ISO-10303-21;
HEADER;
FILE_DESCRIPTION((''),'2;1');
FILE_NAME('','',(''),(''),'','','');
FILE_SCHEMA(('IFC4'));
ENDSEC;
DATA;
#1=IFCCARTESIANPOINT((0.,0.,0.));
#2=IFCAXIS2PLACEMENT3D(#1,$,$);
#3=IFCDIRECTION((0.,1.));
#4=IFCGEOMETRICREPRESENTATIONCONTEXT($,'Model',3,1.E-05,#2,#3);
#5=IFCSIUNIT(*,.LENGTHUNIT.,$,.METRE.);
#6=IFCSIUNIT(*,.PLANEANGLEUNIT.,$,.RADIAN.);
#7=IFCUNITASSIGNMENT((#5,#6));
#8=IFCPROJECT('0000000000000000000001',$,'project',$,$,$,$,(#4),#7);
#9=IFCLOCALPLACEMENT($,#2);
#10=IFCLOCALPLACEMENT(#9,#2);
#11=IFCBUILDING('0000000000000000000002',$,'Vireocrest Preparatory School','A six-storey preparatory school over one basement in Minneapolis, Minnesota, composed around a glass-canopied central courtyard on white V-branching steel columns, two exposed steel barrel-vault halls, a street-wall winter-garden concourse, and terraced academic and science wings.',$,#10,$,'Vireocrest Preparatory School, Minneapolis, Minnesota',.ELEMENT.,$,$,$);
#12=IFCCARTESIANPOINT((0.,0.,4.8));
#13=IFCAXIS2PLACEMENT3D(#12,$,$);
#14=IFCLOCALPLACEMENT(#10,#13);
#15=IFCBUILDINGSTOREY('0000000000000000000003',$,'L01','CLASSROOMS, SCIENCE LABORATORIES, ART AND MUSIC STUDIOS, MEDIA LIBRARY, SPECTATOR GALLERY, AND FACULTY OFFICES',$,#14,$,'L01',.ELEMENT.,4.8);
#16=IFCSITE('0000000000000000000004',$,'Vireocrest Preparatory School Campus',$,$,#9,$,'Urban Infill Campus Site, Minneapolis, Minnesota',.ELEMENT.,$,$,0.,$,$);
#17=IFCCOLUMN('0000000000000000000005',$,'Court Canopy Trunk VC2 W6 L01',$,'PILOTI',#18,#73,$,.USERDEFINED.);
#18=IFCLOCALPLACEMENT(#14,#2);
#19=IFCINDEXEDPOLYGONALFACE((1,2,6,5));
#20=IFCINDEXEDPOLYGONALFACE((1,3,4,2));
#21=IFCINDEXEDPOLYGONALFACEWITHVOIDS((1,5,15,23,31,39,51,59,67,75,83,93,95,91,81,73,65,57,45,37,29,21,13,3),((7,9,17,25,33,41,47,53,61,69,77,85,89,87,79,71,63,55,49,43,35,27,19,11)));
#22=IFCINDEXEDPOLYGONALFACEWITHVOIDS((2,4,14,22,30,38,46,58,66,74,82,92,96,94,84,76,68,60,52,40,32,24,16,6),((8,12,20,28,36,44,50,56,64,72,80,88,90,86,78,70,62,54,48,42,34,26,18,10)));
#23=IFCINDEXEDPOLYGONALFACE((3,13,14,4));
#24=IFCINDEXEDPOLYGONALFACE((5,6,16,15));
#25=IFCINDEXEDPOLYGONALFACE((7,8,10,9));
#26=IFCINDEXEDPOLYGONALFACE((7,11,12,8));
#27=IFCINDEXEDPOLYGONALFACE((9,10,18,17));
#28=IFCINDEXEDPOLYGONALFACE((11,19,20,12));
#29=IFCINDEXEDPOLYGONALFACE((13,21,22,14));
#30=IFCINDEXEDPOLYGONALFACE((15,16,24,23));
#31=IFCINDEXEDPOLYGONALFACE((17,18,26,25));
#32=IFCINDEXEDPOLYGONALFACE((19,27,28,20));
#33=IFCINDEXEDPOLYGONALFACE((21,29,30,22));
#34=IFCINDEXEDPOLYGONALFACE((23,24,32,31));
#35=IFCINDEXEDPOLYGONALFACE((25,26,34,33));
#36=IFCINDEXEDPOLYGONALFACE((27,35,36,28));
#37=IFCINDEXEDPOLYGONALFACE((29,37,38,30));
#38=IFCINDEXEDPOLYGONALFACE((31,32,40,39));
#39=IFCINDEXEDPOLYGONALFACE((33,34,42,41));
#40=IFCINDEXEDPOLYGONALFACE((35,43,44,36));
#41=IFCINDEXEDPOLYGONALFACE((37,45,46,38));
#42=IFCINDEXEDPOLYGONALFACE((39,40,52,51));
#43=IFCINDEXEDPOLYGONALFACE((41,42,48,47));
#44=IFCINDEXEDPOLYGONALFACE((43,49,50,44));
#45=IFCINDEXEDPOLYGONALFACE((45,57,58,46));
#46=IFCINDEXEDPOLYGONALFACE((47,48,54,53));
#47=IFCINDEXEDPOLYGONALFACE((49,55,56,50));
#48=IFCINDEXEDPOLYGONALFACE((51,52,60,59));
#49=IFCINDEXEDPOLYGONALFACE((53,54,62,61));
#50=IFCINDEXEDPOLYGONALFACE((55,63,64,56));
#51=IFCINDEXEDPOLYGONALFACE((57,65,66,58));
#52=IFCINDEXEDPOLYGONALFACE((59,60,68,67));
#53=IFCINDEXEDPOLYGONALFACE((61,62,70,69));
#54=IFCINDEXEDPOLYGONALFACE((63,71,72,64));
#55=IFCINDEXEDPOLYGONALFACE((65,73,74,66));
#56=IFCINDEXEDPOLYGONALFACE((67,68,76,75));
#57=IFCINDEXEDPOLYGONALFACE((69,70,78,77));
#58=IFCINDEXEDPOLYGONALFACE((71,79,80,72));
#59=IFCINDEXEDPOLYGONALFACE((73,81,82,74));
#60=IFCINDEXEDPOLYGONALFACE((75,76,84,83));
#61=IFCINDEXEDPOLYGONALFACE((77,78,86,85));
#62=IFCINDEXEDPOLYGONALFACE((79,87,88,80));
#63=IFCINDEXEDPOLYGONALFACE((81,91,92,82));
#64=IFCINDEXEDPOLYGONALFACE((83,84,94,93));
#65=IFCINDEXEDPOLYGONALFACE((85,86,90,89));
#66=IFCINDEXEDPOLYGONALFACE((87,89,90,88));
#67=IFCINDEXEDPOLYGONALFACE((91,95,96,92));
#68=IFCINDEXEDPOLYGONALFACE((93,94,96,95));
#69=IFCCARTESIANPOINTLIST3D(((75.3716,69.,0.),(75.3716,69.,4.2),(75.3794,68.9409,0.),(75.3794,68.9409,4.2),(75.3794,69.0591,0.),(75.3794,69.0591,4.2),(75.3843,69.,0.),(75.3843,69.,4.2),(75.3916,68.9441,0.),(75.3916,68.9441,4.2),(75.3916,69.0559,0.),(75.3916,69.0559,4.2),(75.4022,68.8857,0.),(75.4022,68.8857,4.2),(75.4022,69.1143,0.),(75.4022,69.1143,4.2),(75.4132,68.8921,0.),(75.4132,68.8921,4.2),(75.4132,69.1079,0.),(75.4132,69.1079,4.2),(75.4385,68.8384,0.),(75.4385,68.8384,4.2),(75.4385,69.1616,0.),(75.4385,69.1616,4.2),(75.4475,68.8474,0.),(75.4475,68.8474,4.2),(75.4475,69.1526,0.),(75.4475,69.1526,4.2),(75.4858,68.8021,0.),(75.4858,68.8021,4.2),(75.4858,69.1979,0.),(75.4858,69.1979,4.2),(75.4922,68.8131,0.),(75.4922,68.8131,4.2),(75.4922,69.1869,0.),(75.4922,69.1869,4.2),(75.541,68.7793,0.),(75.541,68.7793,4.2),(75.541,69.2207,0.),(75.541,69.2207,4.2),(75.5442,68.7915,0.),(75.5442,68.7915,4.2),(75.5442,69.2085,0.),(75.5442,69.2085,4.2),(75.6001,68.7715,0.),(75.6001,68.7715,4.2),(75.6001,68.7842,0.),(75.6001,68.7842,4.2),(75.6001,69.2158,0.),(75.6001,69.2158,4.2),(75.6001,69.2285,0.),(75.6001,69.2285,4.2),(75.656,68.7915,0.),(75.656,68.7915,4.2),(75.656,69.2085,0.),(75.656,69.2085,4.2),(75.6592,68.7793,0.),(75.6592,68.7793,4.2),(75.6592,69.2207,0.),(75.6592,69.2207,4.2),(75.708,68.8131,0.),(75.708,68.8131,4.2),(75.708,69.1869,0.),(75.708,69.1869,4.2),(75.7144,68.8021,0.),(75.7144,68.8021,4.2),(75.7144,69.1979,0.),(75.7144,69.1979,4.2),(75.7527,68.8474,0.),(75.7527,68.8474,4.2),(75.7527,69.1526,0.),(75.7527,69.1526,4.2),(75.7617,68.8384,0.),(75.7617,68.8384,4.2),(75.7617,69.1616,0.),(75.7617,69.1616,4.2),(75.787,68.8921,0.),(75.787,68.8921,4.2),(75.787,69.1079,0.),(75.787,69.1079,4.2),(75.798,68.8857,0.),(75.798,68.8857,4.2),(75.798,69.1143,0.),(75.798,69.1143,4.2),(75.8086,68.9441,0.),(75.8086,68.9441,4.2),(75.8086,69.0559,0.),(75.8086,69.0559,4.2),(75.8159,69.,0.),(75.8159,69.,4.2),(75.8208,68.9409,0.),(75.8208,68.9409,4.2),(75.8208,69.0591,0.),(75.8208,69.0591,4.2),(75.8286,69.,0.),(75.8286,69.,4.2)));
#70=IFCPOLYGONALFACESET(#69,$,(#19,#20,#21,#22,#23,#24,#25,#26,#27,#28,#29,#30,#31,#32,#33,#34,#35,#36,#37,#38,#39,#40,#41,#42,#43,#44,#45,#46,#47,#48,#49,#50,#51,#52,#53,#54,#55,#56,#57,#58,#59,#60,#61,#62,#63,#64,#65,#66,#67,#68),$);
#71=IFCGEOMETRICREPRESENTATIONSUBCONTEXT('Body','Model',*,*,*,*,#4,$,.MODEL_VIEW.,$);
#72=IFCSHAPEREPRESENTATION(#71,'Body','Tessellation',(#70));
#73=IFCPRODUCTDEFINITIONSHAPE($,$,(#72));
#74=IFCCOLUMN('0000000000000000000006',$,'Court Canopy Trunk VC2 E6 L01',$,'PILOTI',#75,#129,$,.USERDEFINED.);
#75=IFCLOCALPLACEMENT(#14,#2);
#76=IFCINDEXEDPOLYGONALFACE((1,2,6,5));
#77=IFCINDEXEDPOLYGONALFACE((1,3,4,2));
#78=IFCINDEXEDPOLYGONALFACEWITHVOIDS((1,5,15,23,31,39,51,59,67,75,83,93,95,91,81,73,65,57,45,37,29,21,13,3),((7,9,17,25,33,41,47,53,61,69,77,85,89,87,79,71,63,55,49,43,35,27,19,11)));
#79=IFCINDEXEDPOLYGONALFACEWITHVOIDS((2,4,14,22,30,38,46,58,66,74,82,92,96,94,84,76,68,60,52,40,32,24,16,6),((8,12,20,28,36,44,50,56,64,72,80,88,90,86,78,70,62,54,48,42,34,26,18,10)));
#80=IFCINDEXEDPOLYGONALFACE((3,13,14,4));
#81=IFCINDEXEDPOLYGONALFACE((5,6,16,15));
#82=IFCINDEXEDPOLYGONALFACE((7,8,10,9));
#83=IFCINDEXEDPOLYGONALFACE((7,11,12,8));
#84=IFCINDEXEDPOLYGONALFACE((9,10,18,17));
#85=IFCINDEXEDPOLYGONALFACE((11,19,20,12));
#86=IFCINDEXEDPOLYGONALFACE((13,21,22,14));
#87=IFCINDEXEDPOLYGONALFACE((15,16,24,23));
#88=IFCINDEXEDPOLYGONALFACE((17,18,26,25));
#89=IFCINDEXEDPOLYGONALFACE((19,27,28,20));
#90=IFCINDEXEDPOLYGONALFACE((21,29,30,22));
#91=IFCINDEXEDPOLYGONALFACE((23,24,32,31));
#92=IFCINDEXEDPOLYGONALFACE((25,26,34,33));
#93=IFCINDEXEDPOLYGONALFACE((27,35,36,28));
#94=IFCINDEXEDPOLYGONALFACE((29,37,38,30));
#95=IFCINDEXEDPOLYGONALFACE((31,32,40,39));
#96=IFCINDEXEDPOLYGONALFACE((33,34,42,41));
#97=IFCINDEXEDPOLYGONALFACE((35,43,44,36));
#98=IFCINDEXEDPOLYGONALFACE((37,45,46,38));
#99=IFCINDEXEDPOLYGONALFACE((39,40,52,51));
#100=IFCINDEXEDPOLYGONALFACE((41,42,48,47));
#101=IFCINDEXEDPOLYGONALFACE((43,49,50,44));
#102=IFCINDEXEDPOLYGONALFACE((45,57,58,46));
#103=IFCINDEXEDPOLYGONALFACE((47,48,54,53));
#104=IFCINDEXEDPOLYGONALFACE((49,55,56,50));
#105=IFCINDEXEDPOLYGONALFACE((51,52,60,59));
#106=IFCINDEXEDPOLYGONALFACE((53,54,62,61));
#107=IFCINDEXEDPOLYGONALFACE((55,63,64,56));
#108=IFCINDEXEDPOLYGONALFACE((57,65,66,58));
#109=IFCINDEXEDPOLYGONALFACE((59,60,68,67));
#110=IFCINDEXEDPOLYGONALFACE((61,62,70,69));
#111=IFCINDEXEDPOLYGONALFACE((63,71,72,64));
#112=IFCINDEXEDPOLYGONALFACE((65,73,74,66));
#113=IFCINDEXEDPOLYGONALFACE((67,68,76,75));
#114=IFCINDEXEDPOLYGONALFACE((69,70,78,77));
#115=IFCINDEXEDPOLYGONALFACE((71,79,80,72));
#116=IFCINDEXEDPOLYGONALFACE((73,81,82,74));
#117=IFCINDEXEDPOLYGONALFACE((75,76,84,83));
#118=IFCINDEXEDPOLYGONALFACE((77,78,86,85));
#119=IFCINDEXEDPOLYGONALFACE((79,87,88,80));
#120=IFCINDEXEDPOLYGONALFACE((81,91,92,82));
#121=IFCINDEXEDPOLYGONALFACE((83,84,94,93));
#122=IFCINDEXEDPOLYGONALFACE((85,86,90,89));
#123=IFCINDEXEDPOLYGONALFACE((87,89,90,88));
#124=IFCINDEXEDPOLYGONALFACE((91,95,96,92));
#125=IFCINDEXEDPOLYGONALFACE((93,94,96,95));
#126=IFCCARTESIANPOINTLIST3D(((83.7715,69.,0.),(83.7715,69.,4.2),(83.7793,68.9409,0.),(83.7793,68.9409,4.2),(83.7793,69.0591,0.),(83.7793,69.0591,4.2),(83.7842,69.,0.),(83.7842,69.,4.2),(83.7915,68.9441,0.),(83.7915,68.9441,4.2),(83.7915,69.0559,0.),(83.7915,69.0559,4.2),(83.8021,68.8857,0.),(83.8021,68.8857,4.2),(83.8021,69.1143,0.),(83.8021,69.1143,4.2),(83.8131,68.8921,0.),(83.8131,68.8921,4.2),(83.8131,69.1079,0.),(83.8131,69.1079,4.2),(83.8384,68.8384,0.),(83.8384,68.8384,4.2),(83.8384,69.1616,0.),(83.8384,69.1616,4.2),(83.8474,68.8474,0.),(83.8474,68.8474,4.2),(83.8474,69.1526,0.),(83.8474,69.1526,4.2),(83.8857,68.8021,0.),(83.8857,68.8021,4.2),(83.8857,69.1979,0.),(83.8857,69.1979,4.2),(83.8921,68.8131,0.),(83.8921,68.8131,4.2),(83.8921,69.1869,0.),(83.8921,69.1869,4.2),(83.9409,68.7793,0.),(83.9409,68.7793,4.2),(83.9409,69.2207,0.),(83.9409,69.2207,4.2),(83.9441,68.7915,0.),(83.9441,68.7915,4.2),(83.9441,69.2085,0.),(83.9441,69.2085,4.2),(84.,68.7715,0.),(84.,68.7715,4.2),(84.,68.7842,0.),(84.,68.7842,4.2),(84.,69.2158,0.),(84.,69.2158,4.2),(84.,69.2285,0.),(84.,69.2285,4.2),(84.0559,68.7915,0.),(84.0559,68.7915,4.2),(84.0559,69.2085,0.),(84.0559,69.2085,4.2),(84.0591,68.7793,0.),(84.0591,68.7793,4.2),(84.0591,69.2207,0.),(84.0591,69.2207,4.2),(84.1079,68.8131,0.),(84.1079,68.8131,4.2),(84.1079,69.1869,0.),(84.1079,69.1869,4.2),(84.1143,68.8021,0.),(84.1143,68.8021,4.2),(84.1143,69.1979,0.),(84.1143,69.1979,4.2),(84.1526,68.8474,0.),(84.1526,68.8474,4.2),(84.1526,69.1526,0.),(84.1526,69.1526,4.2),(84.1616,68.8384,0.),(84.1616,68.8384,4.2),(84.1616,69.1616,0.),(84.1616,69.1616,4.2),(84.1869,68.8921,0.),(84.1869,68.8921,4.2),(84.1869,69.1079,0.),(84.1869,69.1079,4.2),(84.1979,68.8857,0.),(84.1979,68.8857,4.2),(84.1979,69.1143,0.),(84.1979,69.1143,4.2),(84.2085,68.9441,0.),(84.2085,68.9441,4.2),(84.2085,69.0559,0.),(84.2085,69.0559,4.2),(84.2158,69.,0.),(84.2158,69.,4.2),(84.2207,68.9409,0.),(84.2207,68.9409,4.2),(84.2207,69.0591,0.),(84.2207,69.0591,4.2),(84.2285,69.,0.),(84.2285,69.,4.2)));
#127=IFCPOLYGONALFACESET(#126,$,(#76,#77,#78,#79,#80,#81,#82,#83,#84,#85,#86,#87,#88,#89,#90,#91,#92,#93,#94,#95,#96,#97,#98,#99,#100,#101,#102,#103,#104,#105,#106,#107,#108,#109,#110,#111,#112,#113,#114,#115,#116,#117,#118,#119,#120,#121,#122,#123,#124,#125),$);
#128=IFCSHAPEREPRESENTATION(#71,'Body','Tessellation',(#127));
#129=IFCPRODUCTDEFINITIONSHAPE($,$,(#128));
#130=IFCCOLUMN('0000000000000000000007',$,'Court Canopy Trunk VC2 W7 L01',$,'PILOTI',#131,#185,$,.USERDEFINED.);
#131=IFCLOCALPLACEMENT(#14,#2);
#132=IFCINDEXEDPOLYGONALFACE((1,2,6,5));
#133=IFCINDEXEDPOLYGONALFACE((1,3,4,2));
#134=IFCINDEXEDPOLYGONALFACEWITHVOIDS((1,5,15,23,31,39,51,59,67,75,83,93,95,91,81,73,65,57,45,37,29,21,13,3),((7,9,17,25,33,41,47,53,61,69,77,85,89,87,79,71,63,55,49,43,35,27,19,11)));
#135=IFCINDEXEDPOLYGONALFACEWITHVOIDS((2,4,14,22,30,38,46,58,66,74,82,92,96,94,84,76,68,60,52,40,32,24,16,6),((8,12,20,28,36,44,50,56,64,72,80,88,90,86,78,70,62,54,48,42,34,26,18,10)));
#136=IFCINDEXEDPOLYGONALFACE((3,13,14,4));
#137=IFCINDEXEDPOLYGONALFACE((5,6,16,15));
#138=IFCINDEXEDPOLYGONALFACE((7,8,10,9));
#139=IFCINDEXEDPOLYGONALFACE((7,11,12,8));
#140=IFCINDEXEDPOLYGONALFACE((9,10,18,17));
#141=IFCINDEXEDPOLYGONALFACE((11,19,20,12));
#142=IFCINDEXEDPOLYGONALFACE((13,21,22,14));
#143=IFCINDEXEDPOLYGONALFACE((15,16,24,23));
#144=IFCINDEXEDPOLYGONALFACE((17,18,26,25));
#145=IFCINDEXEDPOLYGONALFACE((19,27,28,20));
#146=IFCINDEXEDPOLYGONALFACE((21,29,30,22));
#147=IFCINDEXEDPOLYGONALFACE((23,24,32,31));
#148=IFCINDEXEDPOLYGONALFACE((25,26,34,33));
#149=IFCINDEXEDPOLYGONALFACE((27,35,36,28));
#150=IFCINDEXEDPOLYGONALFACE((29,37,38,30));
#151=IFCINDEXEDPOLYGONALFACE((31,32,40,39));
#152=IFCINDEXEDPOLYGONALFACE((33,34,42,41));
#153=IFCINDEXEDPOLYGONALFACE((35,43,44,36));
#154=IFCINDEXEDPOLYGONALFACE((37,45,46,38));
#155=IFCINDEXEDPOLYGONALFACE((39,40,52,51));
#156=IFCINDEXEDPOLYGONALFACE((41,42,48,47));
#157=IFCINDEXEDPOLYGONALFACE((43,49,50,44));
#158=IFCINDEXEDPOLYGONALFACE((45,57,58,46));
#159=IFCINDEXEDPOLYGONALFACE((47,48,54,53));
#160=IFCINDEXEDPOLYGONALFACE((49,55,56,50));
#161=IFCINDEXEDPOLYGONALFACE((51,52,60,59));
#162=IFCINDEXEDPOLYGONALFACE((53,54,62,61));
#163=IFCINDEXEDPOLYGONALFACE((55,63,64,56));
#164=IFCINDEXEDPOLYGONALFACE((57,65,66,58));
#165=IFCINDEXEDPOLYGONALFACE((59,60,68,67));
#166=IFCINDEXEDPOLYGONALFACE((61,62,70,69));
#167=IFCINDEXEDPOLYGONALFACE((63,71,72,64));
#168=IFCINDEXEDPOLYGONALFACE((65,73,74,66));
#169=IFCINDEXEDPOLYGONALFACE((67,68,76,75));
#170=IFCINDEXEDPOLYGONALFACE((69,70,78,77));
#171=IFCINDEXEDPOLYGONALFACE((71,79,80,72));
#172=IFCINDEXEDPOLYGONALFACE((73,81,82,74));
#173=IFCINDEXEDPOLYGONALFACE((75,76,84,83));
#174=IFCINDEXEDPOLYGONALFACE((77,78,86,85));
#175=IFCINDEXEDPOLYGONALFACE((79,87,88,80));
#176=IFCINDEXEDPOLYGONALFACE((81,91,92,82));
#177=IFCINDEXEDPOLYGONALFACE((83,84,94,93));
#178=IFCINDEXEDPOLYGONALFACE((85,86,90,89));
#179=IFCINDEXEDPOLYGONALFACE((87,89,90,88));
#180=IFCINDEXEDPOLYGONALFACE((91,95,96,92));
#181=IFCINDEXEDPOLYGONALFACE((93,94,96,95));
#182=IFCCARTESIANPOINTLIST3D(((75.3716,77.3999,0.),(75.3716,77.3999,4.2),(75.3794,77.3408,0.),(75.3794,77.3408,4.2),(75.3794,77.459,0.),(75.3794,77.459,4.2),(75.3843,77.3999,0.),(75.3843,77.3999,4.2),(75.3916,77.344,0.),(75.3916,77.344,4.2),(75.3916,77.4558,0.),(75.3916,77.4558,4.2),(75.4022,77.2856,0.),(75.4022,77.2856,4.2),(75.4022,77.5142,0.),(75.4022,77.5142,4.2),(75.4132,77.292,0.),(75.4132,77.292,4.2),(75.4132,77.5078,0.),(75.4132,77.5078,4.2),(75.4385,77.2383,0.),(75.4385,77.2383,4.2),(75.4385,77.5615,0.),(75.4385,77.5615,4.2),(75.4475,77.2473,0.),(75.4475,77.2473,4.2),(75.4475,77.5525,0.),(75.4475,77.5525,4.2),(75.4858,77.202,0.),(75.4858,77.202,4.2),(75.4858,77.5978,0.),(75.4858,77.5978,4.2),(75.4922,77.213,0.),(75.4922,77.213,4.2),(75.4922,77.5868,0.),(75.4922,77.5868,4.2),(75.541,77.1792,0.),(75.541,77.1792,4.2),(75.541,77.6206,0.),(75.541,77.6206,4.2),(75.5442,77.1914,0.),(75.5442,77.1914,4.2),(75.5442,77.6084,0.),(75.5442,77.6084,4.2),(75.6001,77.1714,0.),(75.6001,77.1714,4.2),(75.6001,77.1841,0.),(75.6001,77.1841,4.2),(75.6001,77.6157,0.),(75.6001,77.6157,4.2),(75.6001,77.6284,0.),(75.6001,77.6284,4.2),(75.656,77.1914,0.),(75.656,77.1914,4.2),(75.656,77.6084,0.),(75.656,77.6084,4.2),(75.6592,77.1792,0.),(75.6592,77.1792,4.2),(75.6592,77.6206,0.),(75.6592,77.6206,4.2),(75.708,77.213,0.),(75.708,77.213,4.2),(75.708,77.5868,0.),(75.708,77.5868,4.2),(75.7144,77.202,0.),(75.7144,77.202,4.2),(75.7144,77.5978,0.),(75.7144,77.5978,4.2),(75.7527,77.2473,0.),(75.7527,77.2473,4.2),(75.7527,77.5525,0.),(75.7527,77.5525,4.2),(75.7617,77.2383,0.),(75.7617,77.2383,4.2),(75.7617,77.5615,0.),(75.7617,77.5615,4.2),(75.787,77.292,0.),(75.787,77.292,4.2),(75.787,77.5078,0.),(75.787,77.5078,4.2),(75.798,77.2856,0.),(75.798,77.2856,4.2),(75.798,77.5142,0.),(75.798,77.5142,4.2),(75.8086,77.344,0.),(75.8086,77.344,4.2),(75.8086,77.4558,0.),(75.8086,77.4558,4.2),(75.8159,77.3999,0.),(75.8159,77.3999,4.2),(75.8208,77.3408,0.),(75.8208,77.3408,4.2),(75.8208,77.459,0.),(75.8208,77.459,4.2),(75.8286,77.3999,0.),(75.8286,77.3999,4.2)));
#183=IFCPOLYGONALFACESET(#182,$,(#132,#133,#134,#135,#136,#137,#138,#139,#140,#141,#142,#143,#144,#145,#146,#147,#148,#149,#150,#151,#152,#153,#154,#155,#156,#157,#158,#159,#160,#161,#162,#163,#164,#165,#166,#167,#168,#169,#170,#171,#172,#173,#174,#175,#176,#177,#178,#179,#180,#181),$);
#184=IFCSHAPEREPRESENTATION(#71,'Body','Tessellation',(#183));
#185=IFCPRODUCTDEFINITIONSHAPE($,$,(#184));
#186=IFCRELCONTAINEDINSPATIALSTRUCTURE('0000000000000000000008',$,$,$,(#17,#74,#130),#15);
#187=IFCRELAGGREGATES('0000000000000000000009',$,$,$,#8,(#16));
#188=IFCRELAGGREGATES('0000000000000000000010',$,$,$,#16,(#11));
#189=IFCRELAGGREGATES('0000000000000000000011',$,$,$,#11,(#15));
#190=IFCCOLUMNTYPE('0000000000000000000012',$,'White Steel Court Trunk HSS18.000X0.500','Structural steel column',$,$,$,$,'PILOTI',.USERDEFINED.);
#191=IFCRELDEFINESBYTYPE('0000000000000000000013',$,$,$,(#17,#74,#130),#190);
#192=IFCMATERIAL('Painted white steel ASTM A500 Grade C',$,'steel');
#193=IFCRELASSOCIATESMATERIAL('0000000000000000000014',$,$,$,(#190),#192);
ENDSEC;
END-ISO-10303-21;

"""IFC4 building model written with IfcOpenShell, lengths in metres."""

from ifc_helpers import new_model, si_unit, direction, frame, origin, origin_2d, place, context, subcontext, project, spatial, hollow_circle, extrude, material, material_profile, profile_set, type_object, element, save


model = new_model("IFC4")

# Units and contexts
model_context = context("Model", 3, precision=1e-05, world=origin(), true_north=direction((0.0, 1.0)))
body_context = subcontext(model_context, "Body", "Model", "MODEL_VIEW")
ifc_project = project(units=[si_unit("LENGTHUNIT", "METRE"), si_unit("PLANEANGLEUNIT", "RADIAN")], contexts=[model_context])

# Site, building, storey
site_placement = place(None, origin())
site = spatial("IfcSite", under=ifc_project, at=site_placement, Name="Vireocrest Preparatory School Campus", LongName="Urban Infill Campus Site, Minneapolis, Minnesota", CompositionType="ELEMENT", RefElevation=0.0)
building_placement = place(site_placement, origin())
building = spatial("IfcBuilding", under=site, at=building_placement, Name="Vireocrest Preparatory School", Description="A six-storey preparatory school over one basement in Minneapolis, Minnesota, composed around a glass-canopied central courtyard on white V-branching steel columns, two exposed steel barrel-vault halls, a street-wall winter-garden concourse, and terraced academic and science wings.", LongName="Vireocrest Preparatory School, Minneapolis, Minnesota", CompositionType="ELEMENT")
storey_placement = place(building_placement, frame((0.0, 0.0, 4.8)))
storey = spatial("IfcBuildingStorey", under=building, at=storey_placement, Name="L01", Description="CLASSROOMS, SCIENCE LABORATORIES, ART AND MUSIC STUDIOS, MEDIA LIBRARY, SPECTATOR GALLERY, AND FACULTY OFFICES", LongName="L01", CompositionType="ELEMENT", Elevation=4.8)

# Columns
ifc_material_1 = material(Name="Painted white steel ASTM A500 Grade C", Category="steel")
ifc_material_profile_1 = material_profile(ifc_material_1, hollow_circle(Radius=0.2285, WallThickness=0.0127, at=origin_2d()), Name="HSS18.000X0.500")
ifc_profile_set_1 = profile_set([ifc_material_profile_1], Name="Painted white steel ASTM A500 Grade C")
column_type = type_object("IfcColumnType", Name="White Steel Court Trunk HSS18.000X0.500", Description="Structural steel column", ElementType="PILOTI", PredefinedType="USERDEFINED", material=ifc_profile_set_1)
for number, where, z_axis, x_axis, name in (
    (1, (75.6001, 69.0, 0.0), (0.0, 0.0, 1.0), (1.0, 0.0, 0.0), "Court Canopy Trunk VC2 W6 L01"),
    (2, (84.0, 69.0, 0.0), (0.0, 0.0, 1.0), (1.0, 0.0, 0.0), "Court Canopy Trunk VC2 E6 L01"),
    (3, (75.6001, 77.3999, 0.0), (0.0, 0.0, 1.0), (1.0, 0.0, 0.0), "Court Canopy Trunk VC2 W7 L01"),
):
    element("IfcColumn", number, at=place(storey_placement, frame(where, z_axis=z_axis, x_axis=x_axis)), inside=storey, type_object=column_type, Name=name, ObjectType="PILOTI", PredefinedType="USERDEFINED", context=body_context, shape_type="SweptSolid", body=[
        extrude(hollow_circle(Radius=0.2285, WallThickness=0.0127, at=origin_2d()), origin(), (0.0, 0.0, 1.0), 4.2),
    ])

save(model, "model.ifc")
